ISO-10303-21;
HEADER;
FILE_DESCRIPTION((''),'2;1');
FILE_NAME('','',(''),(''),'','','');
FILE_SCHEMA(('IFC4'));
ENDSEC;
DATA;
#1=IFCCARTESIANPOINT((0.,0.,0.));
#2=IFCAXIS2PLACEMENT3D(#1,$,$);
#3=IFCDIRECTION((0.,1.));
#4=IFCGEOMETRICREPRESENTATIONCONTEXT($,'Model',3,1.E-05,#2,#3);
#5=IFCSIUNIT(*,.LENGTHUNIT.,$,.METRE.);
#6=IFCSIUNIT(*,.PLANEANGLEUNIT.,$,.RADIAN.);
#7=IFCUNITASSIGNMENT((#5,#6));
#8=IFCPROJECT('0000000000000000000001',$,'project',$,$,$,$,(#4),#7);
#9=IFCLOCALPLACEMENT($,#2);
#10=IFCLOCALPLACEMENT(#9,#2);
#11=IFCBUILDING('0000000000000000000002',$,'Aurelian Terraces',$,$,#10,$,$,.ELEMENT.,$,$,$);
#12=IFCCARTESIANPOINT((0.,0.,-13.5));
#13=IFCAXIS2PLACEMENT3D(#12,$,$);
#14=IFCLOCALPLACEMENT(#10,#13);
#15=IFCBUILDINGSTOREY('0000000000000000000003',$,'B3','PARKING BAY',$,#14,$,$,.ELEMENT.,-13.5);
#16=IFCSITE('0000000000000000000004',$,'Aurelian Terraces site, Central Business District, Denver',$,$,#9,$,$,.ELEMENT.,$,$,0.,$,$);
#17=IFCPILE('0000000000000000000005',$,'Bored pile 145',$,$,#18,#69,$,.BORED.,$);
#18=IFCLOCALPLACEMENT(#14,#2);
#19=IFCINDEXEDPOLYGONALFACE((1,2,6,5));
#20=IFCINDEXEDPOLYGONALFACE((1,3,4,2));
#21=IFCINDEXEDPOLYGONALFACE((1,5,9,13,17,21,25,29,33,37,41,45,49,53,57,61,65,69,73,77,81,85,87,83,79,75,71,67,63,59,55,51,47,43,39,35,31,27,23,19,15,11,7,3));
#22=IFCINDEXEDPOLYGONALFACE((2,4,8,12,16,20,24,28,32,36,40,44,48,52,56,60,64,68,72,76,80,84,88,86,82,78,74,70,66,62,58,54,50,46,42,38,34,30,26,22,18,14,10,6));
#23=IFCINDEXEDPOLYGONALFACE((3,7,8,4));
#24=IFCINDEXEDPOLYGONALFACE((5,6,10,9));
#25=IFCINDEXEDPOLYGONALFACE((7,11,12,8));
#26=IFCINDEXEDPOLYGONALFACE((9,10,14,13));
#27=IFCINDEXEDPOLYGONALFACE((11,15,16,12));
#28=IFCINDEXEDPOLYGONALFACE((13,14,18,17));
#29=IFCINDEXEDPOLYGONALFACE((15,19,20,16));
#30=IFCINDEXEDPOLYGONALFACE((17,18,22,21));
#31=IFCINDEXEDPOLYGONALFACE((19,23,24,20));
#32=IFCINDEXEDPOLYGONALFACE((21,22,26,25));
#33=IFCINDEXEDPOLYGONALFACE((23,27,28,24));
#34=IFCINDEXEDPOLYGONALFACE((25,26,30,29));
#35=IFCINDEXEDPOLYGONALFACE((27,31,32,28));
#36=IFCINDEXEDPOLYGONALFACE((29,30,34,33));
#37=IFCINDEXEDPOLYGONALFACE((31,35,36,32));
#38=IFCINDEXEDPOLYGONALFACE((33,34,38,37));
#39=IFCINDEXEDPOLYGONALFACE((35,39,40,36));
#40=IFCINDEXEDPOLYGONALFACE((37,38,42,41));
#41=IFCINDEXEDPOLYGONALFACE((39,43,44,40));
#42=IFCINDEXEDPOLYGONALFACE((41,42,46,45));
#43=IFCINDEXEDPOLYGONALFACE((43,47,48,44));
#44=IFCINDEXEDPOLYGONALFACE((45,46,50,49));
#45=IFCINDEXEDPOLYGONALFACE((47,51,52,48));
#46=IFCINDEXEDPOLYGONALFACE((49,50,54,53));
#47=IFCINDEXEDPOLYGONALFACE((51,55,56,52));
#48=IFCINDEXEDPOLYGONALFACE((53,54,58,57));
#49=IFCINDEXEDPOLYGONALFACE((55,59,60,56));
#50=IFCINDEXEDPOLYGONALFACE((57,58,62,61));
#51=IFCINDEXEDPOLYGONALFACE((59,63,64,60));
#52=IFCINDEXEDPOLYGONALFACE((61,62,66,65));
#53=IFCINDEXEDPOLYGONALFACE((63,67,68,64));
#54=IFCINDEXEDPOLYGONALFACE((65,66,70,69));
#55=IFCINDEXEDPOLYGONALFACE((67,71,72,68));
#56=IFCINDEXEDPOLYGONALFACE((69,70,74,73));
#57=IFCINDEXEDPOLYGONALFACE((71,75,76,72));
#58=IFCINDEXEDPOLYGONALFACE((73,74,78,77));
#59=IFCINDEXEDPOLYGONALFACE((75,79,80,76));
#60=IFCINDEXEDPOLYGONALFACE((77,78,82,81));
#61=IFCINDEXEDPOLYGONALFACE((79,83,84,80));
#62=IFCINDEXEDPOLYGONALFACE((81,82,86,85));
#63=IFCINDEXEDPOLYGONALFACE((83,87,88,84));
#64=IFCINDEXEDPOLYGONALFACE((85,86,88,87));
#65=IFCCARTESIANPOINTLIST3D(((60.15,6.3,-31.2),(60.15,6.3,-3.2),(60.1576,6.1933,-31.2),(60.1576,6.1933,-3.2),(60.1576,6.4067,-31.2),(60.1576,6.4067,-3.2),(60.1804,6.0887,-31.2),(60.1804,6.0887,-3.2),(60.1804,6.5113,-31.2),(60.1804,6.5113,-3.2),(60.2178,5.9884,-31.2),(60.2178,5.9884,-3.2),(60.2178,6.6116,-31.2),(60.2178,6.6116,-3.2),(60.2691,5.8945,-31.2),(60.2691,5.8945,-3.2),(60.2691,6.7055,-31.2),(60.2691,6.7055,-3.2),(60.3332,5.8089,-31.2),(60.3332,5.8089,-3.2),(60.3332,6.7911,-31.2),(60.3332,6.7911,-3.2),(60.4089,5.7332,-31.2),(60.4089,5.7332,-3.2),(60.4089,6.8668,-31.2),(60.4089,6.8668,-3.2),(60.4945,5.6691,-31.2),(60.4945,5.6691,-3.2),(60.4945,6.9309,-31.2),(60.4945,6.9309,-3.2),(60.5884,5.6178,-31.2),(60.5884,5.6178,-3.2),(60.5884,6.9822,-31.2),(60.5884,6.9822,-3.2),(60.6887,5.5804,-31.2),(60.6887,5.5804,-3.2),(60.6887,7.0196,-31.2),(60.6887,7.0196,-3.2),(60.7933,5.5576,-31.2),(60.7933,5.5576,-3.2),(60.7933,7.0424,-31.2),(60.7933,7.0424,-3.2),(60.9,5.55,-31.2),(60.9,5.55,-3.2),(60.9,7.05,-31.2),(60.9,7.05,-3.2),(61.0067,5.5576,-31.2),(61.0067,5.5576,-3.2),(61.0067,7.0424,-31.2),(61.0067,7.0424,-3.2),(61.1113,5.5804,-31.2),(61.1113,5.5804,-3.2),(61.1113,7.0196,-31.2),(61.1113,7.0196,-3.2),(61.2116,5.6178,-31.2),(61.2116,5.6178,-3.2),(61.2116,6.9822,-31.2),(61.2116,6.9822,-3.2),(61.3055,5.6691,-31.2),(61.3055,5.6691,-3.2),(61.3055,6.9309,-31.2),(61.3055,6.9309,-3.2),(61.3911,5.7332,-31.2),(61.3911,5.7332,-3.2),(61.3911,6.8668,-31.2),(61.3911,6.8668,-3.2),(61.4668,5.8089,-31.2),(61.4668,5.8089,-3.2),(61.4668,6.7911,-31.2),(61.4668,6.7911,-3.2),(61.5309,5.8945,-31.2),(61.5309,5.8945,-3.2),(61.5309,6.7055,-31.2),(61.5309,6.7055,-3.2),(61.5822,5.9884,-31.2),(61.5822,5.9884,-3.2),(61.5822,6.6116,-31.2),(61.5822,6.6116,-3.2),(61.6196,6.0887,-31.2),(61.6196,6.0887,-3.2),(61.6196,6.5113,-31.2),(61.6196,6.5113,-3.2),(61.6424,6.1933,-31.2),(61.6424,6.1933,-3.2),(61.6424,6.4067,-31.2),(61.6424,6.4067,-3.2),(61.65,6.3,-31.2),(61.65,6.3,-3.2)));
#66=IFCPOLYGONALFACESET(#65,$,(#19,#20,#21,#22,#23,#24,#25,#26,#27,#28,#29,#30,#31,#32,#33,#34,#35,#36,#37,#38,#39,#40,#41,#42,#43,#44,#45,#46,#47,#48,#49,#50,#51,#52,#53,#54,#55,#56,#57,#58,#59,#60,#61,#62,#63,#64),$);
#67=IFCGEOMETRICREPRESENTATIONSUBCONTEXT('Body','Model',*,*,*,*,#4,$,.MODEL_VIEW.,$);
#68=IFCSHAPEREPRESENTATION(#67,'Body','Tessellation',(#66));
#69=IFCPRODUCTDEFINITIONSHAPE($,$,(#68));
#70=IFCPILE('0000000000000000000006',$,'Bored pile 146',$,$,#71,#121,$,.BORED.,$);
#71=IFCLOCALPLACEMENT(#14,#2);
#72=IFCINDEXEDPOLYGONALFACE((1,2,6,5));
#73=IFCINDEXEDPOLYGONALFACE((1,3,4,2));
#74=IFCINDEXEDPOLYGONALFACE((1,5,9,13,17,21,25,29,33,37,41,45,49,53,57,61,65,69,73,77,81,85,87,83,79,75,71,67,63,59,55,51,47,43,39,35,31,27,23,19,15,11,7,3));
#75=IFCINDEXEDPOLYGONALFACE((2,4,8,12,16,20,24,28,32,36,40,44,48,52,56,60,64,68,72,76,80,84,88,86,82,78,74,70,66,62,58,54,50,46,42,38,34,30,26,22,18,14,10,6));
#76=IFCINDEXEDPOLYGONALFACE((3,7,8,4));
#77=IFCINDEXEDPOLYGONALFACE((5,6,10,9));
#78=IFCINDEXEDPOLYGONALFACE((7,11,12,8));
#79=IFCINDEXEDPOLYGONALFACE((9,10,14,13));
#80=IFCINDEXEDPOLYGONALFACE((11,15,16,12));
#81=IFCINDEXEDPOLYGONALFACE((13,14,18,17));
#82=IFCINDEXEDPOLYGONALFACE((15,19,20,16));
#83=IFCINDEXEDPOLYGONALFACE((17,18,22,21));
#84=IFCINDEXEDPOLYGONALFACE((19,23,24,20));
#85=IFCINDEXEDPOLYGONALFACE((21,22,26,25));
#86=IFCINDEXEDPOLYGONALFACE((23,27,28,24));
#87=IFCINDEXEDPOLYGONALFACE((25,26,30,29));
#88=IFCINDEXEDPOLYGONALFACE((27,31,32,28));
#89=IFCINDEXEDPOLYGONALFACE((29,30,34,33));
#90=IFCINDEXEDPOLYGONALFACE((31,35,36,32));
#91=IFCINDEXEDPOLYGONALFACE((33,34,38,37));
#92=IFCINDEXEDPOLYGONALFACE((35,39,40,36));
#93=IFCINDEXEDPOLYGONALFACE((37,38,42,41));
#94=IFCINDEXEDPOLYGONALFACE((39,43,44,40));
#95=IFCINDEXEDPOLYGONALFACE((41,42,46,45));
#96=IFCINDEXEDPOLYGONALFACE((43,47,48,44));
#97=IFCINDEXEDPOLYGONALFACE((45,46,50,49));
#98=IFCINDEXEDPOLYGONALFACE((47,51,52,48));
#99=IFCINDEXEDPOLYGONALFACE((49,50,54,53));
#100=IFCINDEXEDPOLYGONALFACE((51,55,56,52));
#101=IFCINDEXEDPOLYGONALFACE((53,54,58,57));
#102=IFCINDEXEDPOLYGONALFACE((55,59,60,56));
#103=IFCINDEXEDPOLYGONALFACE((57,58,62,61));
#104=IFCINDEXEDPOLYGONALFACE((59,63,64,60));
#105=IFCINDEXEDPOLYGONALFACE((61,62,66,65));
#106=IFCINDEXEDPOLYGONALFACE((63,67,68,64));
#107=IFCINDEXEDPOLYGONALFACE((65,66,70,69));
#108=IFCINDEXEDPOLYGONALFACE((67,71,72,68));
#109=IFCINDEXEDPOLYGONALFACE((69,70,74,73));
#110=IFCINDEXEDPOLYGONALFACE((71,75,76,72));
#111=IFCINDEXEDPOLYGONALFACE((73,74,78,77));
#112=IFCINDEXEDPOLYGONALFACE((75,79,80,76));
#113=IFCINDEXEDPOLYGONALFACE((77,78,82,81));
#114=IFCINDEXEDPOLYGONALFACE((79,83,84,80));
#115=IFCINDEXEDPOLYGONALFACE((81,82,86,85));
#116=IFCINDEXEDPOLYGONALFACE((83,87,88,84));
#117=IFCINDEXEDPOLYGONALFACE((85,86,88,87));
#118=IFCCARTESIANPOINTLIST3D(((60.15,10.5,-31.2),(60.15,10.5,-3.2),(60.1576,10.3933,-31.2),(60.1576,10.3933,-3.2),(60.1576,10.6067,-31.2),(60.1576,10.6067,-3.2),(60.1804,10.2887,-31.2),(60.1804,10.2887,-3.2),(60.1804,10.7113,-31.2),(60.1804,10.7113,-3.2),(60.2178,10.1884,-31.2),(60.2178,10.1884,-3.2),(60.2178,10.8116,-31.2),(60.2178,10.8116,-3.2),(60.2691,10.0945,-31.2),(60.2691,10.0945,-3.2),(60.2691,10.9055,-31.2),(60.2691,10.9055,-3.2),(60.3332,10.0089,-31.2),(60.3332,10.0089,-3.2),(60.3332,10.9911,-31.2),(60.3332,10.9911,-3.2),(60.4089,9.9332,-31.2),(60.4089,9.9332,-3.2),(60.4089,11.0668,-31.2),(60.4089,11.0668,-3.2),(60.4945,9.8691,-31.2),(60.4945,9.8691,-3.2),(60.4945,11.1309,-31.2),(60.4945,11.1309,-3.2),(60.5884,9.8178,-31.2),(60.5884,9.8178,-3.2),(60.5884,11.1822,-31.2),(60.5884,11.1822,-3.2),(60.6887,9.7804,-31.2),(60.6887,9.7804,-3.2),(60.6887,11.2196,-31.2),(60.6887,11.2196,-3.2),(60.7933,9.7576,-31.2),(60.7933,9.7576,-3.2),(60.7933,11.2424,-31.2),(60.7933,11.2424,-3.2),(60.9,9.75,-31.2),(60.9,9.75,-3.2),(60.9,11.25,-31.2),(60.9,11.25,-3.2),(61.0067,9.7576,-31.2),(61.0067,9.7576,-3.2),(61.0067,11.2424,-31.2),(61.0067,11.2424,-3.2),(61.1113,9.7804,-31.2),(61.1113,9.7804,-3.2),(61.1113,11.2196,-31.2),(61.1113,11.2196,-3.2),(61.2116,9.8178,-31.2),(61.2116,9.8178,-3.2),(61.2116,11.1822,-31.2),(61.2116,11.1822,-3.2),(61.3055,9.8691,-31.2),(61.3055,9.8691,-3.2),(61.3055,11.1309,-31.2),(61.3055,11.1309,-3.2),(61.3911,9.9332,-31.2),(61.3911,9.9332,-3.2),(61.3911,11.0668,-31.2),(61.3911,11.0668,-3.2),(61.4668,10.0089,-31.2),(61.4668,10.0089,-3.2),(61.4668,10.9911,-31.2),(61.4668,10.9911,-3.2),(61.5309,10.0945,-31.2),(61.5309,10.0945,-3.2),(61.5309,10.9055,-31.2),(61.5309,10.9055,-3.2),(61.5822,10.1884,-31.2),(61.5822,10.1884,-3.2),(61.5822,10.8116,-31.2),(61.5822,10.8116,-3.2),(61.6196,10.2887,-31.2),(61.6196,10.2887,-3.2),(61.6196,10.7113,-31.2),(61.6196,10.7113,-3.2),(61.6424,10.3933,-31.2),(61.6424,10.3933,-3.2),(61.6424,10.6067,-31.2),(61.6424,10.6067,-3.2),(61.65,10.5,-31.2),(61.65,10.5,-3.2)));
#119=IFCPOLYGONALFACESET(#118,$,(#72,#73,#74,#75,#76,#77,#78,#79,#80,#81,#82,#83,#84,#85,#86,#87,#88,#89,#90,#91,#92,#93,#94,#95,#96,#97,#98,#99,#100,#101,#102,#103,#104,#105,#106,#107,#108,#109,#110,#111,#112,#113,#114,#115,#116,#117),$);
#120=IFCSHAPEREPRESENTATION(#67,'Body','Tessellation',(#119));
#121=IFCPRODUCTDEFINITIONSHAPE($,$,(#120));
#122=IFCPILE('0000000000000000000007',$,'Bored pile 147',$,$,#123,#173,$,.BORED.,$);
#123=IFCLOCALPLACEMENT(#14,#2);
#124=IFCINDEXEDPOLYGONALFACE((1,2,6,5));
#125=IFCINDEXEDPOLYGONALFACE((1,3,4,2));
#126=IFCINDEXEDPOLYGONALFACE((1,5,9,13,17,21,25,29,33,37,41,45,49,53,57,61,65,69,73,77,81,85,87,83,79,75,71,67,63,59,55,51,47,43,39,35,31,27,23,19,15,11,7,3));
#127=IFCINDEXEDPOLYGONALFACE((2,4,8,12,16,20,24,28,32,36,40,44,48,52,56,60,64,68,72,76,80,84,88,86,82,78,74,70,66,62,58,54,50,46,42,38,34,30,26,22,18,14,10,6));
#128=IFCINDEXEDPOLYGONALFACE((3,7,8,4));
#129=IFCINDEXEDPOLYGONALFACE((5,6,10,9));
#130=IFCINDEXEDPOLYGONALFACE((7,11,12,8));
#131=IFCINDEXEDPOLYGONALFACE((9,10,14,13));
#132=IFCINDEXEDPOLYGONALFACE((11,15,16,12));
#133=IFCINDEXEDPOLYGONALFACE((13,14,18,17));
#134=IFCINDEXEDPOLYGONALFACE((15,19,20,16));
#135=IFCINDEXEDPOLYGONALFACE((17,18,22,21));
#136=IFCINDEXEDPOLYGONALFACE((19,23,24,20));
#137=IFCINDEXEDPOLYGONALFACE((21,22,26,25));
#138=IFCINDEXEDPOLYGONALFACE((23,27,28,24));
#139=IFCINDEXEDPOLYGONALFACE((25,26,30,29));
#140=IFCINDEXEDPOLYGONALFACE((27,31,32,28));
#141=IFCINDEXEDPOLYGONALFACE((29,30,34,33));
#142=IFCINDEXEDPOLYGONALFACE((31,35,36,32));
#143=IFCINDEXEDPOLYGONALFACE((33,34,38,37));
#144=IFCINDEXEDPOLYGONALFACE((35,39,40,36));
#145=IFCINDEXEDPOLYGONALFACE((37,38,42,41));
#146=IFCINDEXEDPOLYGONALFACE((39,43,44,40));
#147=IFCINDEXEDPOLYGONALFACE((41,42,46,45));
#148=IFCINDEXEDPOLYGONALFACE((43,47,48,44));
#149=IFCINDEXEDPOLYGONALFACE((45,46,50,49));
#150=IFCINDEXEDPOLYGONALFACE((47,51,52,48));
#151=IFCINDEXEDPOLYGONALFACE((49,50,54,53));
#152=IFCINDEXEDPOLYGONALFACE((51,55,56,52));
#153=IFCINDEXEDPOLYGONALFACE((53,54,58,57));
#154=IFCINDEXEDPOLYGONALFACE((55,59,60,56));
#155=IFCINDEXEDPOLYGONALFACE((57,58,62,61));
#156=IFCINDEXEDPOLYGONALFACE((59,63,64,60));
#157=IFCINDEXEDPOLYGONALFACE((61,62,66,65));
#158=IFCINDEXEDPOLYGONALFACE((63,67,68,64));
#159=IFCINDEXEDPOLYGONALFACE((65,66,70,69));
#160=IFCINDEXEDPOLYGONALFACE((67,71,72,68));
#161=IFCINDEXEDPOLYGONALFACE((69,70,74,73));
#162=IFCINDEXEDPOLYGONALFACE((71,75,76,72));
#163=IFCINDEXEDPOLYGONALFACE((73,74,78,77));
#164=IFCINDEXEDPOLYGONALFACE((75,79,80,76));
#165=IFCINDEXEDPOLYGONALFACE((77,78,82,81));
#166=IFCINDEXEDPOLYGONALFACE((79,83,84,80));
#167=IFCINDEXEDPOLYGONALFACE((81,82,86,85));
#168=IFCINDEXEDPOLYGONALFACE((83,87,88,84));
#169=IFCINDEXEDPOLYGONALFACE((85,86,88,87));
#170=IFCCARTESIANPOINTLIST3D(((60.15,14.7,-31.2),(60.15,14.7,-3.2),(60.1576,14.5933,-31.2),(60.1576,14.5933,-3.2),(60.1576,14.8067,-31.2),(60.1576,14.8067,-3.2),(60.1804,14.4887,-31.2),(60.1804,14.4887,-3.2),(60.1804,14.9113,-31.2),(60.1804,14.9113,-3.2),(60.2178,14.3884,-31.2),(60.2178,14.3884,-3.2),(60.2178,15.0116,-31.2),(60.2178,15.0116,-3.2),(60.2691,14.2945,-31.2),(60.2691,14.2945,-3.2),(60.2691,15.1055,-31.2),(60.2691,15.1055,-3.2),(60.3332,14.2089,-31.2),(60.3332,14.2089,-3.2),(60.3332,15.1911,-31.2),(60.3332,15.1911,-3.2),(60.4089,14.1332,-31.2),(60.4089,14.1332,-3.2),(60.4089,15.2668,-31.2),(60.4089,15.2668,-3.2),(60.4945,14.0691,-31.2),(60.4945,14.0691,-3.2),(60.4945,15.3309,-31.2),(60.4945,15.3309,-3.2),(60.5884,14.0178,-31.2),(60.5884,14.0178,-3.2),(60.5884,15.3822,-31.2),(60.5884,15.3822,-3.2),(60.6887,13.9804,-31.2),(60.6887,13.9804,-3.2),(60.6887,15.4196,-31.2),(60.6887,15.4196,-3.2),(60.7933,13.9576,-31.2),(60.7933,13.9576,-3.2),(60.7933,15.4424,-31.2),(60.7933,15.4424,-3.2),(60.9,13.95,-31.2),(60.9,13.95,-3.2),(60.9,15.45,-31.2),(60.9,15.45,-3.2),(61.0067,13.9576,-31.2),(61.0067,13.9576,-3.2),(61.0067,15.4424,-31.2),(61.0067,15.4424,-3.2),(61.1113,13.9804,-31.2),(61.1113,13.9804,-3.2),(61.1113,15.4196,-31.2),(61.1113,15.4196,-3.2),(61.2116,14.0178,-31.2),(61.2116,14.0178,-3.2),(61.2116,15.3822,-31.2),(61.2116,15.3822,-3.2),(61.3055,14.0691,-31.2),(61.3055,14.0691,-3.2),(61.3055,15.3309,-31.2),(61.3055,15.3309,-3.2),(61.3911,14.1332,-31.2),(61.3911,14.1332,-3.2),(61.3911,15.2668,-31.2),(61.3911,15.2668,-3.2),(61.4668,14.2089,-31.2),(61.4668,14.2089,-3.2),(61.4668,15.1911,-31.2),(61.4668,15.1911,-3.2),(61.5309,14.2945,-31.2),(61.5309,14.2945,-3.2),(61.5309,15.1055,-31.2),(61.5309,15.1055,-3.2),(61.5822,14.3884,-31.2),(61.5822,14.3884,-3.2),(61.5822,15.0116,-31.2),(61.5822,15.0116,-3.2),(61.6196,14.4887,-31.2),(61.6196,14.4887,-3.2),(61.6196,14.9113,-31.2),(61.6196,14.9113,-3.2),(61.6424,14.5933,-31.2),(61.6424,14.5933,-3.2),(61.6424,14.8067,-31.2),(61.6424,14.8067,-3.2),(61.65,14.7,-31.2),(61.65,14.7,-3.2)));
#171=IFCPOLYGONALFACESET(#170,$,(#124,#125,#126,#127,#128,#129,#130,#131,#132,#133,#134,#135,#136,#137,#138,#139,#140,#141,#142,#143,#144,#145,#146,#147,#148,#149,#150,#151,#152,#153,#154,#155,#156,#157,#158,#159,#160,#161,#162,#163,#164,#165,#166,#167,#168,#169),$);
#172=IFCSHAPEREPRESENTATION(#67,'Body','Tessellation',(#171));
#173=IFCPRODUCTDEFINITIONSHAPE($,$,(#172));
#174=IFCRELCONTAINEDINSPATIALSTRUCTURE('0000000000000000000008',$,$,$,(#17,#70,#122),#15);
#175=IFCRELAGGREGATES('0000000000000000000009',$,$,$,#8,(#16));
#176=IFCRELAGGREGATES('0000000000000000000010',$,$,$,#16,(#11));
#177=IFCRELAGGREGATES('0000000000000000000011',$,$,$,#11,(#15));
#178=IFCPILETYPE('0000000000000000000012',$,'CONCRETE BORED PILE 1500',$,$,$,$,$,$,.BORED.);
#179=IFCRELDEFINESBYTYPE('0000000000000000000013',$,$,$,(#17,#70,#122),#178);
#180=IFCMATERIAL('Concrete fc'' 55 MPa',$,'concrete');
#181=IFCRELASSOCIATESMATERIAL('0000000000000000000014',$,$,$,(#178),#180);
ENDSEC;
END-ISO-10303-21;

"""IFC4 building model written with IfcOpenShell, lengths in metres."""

from ifc_helpers import new_model, si_unit, direction, frame, origin, origin_2d, place, context, subcontext, project, spatial, circle, extrude, source, transform, mapped, material, material_profile, profile_set, type_object, element, save


model = new_model("IFC4")

# Units and contexts
model_context = context("Model", 3, precision=1e-05, world=origin(), true_north=direction((0.0, 1.0)))
body_context = subcontext(model_context, "Body", "Model", "MODEL_VIEW")
ifc_project = project(units=[si_unit("LENGTHUNIT", "METRE"), si_unit("PLANEANGLEUNIT", "RADIAN")], contexts=[model_context])

# Site, building, storey
site_placement = place(None, origin())
site = spatial("IfcSite", under=ifc_project, at=site_placement, Name="Aurelian Terraces site, Central Business District, Denver", CompositionType="ELEMENT", RefElevation=0.0)
building_placement = place(site_placement, origin())
building = spatial("IfcBuilding", under=site, at=building_placement, Name="Aurelian Terraces", CompositionType="ELEMENT")
storey_placement = place(building_placement, frame((0.0, 0.0, -13.5)))
storey = spatial("IfcBuildingStorey", under=building, at=storey_placement, Name="B3", Description="PARKING BAY", CompositionType="ELEMENT", Elevation=-13.5)

# Piles
ifc_material_1 = material(Name="Concrete fc' 55 MPa", Category="concrete")
ifc_material_profile_1 = material_profile(ifc_material_1, circle(Radius=0.75, at=origin_2d()))
ifc_profile_set_1 = profile_set([ifc_material_profile_1], Name="Concrete fc' 55 MPa")
pile_type = type_object("IfcPileType", Name="CONCRETE BORED PILE 1500", PredefinedType="BORED", material=ifc_profile_set_1)
shared_shape_1 = source(origin(), body_context, "Body", "SweptSolid", [
    extrude(circle(Radius=0.75, at=origin_2d()), origin(), (0.0, 0.0, 1.0), 28.0),
])
for number, where, z_axis, x_axis, name in (
    (1, (60.9, 6.3, -3.2), (0.0, 0.0, -1.0), (1.0, 0.0, 0.0), "Bored pile 145"),
    (2, (60.9, 10.5, -3.2), (0.0, 0.0, -1.0), (1.0, 0.0, 0.0), "Bored pile 146"),
    (3, (60.9, 14.7, -3.2), (0.0, 0.0, -1.0), (1.0, 0.0, 0.0), "Bored pile 147"),
):
    element("IfcPile", number, at=place(storey_placement, frame(where, z_axis=z_axis, x_axis=x_axis)), inside=storey, type_object=pile_type, Name=name, PredefinedType="BORED", context=body_context, shape_type="MappedRepresentation", body=[
        mapped(shared_shape_1, transform((0.0, 0.0, 0.0), scale=1.0)),
    ])

save(model, "model.ifc")
